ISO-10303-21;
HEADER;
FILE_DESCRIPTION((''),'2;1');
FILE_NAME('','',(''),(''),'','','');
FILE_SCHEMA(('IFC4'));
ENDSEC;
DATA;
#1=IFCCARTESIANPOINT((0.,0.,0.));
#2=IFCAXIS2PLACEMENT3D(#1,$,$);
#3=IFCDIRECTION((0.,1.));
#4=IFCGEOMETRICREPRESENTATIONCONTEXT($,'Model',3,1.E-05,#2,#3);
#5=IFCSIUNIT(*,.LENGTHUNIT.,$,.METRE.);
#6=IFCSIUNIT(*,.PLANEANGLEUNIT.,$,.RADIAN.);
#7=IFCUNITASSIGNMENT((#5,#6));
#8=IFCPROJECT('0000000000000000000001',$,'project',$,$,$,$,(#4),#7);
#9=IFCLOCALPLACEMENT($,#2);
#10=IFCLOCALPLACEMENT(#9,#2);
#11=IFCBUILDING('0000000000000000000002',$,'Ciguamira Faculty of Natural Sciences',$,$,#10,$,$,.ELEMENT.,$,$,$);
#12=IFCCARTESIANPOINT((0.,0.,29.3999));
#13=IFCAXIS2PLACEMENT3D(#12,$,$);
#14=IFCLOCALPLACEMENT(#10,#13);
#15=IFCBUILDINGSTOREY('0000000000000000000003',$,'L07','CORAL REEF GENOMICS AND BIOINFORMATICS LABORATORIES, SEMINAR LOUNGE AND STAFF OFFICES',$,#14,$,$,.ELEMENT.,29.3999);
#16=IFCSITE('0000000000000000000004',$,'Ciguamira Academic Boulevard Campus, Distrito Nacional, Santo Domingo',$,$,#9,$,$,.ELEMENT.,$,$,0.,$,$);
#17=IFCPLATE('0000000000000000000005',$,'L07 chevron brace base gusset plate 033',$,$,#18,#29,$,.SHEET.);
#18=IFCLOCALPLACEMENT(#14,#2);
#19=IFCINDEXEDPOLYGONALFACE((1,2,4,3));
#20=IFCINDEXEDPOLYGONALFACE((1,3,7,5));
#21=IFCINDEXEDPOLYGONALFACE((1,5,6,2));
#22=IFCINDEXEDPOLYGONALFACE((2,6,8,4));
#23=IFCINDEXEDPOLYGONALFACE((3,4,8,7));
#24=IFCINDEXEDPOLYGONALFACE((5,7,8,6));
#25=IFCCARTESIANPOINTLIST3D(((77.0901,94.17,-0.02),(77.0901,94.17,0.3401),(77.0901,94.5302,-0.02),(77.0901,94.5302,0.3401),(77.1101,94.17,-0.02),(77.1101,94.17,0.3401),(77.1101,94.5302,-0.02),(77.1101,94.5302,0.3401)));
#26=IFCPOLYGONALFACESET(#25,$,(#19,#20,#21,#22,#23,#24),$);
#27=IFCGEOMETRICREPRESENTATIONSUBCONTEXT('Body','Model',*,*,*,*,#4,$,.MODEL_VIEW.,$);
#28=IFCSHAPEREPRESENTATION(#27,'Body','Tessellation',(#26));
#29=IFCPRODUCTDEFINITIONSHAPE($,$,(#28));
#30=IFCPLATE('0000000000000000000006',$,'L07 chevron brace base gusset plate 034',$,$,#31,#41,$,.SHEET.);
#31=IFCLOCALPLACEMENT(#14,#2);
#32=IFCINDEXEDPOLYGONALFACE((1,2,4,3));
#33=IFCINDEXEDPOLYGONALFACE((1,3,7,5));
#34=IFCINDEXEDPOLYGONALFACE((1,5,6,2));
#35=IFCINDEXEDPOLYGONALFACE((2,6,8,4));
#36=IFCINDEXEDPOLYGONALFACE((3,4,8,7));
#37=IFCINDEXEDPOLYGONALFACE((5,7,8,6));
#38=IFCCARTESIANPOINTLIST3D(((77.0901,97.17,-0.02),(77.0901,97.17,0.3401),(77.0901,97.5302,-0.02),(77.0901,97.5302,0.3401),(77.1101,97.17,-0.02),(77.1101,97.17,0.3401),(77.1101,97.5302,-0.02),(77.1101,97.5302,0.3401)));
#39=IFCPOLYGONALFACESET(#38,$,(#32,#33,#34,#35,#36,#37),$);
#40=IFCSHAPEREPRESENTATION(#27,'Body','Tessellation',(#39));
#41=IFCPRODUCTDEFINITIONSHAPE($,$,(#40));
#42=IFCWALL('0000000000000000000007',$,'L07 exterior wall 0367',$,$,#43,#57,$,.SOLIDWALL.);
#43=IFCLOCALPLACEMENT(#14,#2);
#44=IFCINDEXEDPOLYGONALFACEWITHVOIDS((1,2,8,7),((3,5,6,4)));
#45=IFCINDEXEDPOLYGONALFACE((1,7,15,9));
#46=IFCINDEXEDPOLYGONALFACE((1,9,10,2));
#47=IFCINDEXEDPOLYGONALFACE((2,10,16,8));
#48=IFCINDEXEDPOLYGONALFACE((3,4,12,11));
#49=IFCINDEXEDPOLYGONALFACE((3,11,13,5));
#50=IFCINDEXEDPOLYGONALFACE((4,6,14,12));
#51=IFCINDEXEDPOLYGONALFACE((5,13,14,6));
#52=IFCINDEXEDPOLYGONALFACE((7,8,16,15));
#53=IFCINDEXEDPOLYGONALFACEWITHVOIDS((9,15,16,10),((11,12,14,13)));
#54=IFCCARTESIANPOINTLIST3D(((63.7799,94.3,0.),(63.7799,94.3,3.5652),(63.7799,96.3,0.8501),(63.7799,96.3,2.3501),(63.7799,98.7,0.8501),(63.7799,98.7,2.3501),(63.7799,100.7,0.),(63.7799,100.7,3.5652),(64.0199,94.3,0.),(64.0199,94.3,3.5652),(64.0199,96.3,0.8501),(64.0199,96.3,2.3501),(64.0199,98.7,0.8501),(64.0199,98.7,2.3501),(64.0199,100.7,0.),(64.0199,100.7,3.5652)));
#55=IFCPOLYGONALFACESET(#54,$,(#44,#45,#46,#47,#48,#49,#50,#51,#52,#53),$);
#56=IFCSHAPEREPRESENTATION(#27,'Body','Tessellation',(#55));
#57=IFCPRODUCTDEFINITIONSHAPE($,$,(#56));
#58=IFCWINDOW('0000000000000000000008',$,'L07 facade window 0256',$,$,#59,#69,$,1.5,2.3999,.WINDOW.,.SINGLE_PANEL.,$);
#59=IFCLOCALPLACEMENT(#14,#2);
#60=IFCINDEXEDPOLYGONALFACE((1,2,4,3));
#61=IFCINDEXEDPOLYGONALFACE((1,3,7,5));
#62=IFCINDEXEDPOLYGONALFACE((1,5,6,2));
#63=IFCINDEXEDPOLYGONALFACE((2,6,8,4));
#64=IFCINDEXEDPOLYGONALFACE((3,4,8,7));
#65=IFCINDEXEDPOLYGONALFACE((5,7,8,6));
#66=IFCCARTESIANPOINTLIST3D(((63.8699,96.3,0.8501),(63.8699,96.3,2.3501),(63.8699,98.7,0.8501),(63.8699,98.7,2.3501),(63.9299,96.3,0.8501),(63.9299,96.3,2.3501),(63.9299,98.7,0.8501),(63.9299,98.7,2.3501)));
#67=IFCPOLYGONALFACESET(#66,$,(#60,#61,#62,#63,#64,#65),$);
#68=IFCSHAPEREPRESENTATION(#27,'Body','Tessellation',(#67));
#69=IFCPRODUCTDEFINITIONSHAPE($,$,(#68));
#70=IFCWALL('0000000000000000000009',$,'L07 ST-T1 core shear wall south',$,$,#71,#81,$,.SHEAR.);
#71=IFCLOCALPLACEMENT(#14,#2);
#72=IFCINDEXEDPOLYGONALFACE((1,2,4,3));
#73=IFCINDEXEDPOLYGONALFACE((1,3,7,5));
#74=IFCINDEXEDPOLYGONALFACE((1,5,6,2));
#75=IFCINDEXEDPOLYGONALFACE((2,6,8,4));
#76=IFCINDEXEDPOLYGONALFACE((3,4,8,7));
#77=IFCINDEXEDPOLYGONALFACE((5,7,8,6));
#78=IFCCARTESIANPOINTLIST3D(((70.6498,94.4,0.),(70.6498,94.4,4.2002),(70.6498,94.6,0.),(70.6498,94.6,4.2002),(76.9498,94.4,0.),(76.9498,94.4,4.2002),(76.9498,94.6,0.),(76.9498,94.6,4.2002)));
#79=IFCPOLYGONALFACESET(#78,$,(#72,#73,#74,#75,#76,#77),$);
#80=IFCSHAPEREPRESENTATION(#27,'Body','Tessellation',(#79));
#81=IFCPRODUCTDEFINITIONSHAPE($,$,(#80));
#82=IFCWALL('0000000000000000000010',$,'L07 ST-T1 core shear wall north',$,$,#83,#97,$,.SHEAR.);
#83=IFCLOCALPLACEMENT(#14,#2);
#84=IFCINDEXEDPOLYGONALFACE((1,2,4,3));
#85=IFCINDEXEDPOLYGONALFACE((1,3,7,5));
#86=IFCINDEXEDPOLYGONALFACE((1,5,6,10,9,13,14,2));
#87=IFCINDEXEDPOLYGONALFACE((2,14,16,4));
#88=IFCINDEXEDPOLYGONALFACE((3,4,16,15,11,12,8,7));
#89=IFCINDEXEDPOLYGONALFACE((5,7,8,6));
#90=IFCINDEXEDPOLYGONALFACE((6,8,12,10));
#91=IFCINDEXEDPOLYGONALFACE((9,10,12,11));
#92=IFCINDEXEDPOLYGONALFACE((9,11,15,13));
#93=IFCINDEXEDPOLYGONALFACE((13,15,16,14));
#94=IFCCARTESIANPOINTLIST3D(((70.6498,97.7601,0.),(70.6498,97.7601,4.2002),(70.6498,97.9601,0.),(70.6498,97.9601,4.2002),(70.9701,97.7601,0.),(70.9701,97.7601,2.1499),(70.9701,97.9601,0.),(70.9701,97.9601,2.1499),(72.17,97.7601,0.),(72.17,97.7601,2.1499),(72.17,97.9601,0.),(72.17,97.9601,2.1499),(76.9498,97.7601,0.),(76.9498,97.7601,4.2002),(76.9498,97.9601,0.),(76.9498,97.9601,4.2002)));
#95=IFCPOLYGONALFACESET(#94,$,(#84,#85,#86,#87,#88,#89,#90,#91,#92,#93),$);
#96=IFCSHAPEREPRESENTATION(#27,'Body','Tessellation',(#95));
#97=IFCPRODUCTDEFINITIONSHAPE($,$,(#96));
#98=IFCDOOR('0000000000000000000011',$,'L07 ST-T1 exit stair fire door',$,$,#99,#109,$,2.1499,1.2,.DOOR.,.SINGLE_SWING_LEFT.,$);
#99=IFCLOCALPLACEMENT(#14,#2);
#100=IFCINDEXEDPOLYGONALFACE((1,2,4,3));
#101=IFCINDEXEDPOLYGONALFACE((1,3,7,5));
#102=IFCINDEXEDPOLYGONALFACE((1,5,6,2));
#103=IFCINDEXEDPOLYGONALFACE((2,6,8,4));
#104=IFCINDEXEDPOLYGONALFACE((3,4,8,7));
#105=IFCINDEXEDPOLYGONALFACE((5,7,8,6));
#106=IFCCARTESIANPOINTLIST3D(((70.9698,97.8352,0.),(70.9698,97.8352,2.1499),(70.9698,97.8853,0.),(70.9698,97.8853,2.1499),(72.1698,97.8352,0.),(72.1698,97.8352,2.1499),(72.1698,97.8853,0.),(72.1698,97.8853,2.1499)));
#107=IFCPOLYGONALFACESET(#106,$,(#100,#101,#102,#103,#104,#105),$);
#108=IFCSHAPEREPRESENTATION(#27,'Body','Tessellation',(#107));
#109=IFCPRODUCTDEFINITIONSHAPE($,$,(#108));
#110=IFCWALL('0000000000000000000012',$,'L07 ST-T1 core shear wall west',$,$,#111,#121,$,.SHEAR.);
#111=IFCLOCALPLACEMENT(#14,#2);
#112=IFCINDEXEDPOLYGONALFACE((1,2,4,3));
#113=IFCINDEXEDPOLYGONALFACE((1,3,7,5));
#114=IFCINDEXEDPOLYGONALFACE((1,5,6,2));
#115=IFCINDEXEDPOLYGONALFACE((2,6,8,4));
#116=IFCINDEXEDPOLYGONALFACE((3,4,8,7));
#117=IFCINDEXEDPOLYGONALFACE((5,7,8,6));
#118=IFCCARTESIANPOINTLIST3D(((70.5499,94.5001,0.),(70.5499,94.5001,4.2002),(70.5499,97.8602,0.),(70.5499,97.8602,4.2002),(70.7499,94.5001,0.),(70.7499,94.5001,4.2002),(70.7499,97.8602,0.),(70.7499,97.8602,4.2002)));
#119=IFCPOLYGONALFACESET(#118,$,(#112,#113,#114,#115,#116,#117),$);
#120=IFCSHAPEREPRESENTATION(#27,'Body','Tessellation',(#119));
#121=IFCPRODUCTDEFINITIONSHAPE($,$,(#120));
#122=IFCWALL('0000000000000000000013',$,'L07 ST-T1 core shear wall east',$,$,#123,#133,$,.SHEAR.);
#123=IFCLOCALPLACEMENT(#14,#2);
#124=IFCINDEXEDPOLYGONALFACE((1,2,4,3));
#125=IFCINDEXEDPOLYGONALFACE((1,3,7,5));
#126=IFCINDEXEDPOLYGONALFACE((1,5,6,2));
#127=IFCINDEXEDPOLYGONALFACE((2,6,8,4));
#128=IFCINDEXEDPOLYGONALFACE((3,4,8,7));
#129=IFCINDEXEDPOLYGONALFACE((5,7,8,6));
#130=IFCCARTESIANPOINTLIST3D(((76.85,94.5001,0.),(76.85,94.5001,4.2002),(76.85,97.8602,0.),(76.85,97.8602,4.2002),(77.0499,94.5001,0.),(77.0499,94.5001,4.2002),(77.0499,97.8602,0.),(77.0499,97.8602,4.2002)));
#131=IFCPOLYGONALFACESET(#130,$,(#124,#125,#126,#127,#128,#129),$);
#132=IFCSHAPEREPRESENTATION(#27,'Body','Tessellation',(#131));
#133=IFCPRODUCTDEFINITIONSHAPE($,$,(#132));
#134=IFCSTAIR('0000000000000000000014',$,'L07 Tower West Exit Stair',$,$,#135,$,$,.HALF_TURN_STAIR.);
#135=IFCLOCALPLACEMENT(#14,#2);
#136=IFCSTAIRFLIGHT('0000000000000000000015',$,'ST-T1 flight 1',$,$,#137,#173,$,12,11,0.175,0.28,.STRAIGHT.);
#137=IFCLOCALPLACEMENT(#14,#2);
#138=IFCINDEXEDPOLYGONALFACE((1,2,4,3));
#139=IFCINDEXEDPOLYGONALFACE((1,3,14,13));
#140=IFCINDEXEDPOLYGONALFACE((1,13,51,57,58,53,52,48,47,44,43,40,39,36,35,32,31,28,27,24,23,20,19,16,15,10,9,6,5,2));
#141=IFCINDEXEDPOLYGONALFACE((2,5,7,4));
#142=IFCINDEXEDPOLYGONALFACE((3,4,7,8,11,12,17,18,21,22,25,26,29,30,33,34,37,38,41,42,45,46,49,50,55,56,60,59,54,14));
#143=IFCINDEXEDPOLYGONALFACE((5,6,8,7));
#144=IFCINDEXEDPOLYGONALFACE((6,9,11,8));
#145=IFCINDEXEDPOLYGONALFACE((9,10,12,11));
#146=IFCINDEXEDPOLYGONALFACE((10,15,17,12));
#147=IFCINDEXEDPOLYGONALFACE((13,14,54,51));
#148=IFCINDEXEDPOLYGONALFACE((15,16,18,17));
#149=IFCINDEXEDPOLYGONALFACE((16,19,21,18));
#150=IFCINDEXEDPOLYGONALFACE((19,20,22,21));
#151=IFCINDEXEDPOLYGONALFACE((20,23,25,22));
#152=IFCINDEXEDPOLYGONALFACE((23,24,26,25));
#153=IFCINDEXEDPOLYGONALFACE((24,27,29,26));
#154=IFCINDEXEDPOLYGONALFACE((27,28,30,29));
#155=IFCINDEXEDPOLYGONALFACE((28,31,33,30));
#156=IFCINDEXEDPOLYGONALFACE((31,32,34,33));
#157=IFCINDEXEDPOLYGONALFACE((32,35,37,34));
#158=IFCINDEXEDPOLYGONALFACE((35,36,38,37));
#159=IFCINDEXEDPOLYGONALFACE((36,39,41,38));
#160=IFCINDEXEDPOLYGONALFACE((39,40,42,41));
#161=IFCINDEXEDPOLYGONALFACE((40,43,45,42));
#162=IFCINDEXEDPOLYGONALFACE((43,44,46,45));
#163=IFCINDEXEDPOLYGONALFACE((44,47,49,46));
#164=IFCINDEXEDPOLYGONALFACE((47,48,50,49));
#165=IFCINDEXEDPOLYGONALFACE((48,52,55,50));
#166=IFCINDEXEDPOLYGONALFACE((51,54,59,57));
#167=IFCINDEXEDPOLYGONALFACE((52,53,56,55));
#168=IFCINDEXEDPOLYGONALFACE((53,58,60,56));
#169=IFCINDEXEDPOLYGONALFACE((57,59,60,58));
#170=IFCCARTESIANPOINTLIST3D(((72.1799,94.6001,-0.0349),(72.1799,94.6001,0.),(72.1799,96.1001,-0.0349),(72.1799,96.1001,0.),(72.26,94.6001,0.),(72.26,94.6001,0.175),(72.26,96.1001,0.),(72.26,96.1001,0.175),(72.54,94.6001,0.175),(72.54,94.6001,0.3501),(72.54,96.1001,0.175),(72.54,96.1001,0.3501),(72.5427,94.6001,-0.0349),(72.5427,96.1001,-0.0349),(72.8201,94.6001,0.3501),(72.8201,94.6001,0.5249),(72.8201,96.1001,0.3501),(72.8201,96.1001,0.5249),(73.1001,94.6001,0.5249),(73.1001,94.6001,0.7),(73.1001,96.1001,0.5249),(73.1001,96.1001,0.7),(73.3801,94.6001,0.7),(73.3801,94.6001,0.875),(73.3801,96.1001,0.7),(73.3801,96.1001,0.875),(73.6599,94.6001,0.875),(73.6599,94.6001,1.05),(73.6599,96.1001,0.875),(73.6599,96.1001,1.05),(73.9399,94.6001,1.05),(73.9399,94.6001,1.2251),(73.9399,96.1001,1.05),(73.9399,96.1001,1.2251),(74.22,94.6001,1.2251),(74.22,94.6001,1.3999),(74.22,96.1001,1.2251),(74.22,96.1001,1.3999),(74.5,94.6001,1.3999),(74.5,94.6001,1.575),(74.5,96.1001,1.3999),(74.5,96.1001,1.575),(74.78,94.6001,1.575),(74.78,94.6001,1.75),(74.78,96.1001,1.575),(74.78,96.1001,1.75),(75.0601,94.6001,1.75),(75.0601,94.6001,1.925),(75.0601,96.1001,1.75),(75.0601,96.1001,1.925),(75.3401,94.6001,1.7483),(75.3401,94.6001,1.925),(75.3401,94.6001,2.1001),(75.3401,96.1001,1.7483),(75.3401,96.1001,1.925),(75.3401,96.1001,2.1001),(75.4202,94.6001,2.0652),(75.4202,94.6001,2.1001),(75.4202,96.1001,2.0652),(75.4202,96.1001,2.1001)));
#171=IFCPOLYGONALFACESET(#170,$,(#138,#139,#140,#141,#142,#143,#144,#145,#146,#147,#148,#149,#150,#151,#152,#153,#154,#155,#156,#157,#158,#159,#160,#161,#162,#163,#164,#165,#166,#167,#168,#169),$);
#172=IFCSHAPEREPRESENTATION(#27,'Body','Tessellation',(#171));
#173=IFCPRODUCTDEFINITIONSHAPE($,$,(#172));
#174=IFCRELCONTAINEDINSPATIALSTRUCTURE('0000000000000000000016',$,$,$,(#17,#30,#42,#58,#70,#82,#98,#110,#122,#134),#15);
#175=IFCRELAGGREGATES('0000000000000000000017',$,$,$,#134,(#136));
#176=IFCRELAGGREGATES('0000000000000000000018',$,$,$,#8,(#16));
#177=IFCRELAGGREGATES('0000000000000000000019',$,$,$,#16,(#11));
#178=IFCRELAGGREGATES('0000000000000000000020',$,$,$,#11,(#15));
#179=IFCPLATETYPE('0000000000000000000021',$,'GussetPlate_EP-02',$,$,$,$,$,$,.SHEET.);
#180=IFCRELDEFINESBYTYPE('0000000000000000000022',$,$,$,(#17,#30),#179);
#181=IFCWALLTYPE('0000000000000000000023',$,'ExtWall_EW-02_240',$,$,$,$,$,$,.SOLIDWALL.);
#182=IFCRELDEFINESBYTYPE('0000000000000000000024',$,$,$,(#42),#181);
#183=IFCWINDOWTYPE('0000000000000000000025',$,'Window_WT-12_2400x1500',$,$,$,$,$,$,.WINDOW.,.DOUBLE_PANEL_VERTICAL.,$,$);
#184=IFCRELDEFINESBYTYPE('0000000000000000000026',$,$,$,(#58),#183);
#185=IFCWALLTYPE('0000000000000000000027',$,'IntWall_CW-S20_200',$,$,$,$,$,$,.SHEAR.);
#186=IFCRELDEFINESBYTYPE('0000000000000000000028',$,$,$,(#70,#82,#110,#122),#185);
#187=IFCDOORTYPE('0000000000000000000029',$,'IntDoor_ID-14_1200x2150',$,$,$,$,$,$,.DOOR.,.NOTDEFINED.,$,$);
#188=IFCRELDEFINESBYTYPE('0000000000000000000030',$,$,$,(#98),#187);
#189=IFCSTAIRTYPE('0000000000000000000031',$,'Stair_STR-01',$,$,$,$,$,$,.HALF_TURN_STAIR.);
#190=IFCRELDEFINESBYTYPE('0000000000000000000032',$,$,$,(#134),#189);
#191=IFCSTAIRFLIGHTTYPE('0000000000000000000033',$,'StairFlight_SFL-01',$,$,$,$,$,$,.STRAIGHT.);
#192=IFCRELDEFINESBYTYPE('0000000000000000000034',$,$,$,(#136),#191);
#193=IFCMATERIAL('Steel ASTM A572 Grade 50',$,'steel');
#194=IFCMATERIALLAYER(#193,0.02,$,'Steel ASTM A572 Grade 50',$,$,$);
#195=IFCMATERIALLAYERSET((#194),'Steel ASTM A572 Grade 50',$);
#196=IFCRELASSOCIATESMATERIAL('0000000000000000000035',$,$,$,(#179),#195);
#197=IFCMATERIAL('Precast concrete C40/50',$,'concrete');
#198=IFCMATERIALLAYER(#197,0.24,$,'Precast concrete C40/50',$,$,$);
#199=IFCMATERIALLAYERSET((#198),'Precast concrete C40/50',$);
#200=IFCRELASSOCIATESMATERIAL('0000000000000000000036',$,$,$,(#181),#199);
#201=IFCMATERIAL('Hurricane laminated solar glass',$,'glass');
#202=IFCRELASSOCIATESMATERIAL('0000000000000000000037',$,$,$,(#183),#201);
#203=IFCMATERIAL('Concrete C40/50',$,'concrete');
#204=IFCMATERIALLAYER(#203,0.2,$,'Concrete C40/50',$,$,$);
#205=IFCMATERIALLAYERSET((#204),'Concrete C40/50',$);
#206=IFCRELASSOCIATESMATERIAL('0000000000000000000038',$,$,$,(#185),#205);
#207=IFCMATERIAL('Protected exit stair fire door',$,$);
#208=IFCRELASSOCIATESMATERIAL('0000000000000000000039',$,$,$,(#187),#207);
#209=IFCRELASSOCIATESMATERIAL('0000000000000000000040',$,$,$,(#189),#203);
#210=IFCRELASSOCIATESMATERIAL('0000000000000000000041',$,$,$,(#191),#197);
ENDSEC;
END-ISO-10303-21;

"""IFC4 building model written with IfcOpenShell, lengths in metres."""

from ifc_helpers import new_model, si_unit, direction, frame, frame_2d, origin, origin_2d, place, context, subcontext, project, spatial, polyline, rectangle, outline, extrude, material, layer, layer_set, type_object, element, fill, aggregate, save


model = new_model("IFC4")

# Units and contexts
model_context = context("Model", 3, precision=1e-05, world=origin(), true_north=direction((0.0, 1.0)))
body_context = subcontext(model_context, "Body", "Model", "MODEL_VIEW")
ifc_project = project(units=[si_unit("LENGTHUNIT", "METRE"), si_unit("PLANEANGLEUNIT", "RADIAN")], contexts=[model_context])

# Site, building, storey
site_placement = place(None, origin())
site = spatial("IfcSite", under=ifc_project, at=site_placement, Name="Ciguamira Academic Boulevard Campus, Distrito Nacional, Santo Domingo", CompositionType="ELEMENT", RefElevation=0.0)
building_placement = place(site_placement, origin())
building = spatial("IfcBuilding", under=site, at=building_placement, Name="Ciguamira Faculty of Natural Sciences", CompositionType="ELEMENT")
storey_placement = place(building_placement, frame((0.0, 0.0, 29.3999)))
storey = spatial("IfcBuildingStorey", under=building, at=storey_placement, Name="L07", Description="CORAL REEF GENOMICS AND BIOINFORMATICS LABORATORIES, SEMINAR LOUNGE AND STAFF OFFICES", CompositionType="ELEMENT", Elevation=29.3999)

# Shared definitions
ifc_material_1 = material(Name="Concrete C40/50", Category="concrete")

# Shared definitions
ifc_material_2 = material(Name="Precast concrete C40/50", Category="concrete")

# Plates
ifc_material_3 = material(Name="Steel ASTM A572 Grade 50", Category="steel")
ifc_layer_1 = layer(ifc_material_3, 0.02, Name="Steel ASTM A572 Grade 50")
ifc_layer_set_1 = layer_set([ifc_layer_1], Name="Steel ASTM A572 Grade 50")
plate_type = type_object("IfcPlateType", Name="GussetPlate_EP-02", PredefinedType="SHEET", material=ifc_layer_set_1)
for number, where, z_axis, x_axis, name in (
    (1, (77.1001, 94.3501, -0.02), (0.0, 0.0, 1.0), (1.0, 0.0, 0.0), "L07 chevron brace base gusset plate 033"),
    (2, (77.1001, 97.3501, -0.02), (0.0, 0.0, 1.0), (1.0, 0.0, 0.0), "L07 chevron brace base gusset plate 034"),
):
    element("IfcPlate", number, at=place(storey_placement, frame(where, z_axis=z_axis, x_axis=x_axis)), inside=storey, type_object=plate_type, Name=name, PredefinedType="SHEET", context=body_context, shape_type="SweptSolid", body=[
        extrude(rectangle(XDim=0.02, YDim=0.3601, at=origin_2d()), origin(), (0.0, 0.0, 1.0), 0.3601),
    ])

# Wall, opening, window
ifc_layer_2 = layer(ifc_material_2, 0.24, Name="Precast concrete C40/50")
ifc_layer_set_2 = layer_set([ifc_layer_2], Name="Precast concrete C40/50")
wall_type_1 = type_object("IfcWallType", Name="ExtWall_EW-02_240", PredefinedType="SOLIDWALL", material=ifc_layer_set_2)
wall_1_placement = place(storey_placement, frame((63.8999, 94.3, 0.0), z_axis=(0.0, 0.0, 1.0), x_axis=(0.0, 1.0, 0.0)))
wall_1 = element("IfcWall", 3, at=wall_1_placement, inside=storey, type_object=wall_type_1, Name="L07 exterior wall 0367", PredefinedType="SOLIDWALL", context=body_context, shape_type="SweptSolid", body=[
    extrude(rectangle(XDim=6.3999, YDim=0.24, at=frame_2d((3.2, 0.0))), origin(), (0.0, 0.0, 1.0), 3.5652),
])
opening_1_placement = place(wall_1_placement, frame((2.0, 0.0, 0.8501)))
opening_1 = element("IfcOpeningElement", 4, at=opening_1_placement, cuts=wall_1, PredefinedType="OPENING", context=body_context, shape_type="SweptSolid", body=[
    extrude(rectangle(XDim=2.3999, YDim=1.5, at=frame_2d((1.2, 0.75))), frame((0.0, 0.1299, 0.0), z_axis=(0.0, -1.0, 0.0), x_axis=(1.0, 0.0, 0.0)), (0.0, 0.0, 1.0), 0.26),
])
ifc_material_4 = material(Name="Hurricane laminated solar glass", Category="glass")
window_type = type_object("IfcWindowType", Name="Window_WT-12_2400x1500", PartitioningType="DOUBLE_PANEL_VERTICAL", PredefinedType="WINDOW", material=ifc_material_4)
window_placement = place(opening_1_placement, origin())
window = element("IfcWindow", 5, at=window_placement, inside=storey, type_object=window_type, Name="L07 facade window 0256", OverallHeight=1.5, OverallWidth=2.3999, PartitioningType="SINGLE_PANEL", PredefinedType="WINDOW", context=body_context, shape_type="SweptSolid", body=[
    extrude(rectangle(XDim=2.3999, YDim=1.5, at=frame_2d((1.2, 0.75))), frame((0.0, 0.03, 0.0), z_axis=(0.0, -1.0, 0.0), x_axis=(1.0, 0.0, 0.0)), (0.0, 0.0, 1.0), 0.0601),
])
fill(opening_1, window)

# Wall
ifc_layer_3 = layer(ifc_material_1, 0.2, Name="Concrete C40/50")
ifc_layer_set_3 = layer_set([ifc_layer_3], Name="Concrete C40/50")
wall_type_2 = type_object("IfcWallType", Name="IntWall_CW-S20_200", PredefinedType="SHEAR", material=ifc_layer_set_3)
wall_2_placement = place(storey_placement, frame((70.6499, 94.5, 0.0), z_axis=(0.0, 0.0, 1.0), x_axis=(1.0, 0.0, 0.0)))
element("IfcWall", 6, at=wall_2_placement, inside=storey, type_object=wall_type_2, Name="L07 ST-T1 core shear wall south", PredefinedType="SHEAR", context=body_context, shape_type="SweptSolid", body=[
    extrude(rectangle(XDim=6.3, YDim=0.2, at=frame_2d((3.1499, 0.0))), origin(), (0.0, 0.0, 1.0), 4.2002),
])

# Wall, opening, door
wall_3_placement = place(storey_placement, frame((70.6499, 97.8601, 0.0), z_axis=(0.0, 0.0, 1.0), x_axis=(1.0, 0.0, 0.0)))
wall_3 = element("IfcWall", 7, at=wall_3_placement, inside=storey, type_object=wall_type_2, Name="L07 ST-T1 core shear wall north", PredefinedType="SHEAR", context=body_context, shape_type="SweptSolid", body=[
    extrude(rectangle(XDim=6.3, YDim=0.2, at=frame_2d((3.1499, 0.0))), origin(), (0.0, 0.0, 1.0), 4.2002),
])
opening_2_placement = place(wall_3_placement, frame((0.3201, 0.0, 0.0)))
opening_2 = element("IfcOpeningElement", 8, at=opening_2_placement, cuts=wall_3, PredefinedType="OPENING", context=body_context, shape_type="SweptSolid", body=[
    extrude(rectangle(XDim=1.2, YDim=2.1499, at=frame_2d((0.6001, 1.075))), frame((0.0, 0.1099, 0.0), z_axis=(0.0, -1.0, 0.0), x_axis=(1.0, 0.0, 0.0)), (0.0, 0.0, 1.0), 0.22),
])
ifc_material_5 = material(Name="Protected exit stair fire door")
door_type = type_object("IfcDoorType", Name="IntDoor_ID-14_1200x2150", OperationType="NOTDEFINED", PredefinedType="DOOR", material=ifc_material_5)
door_placement = place(opening_2_placement, frame((1.2, 0.0, 0.0), z_axis=(0.0, 0.0, 1.0), x_axis=(-1.0, 0.0, 0.0)))
door = element("IfcDoor", 9, at=door_placement, inside=storey, type_object=door_type, Name="L07 ST-T1 exit stair fire door", OperationType="SINGLE_SWING_LEFT", OverallHeight=2.1499, OverallWidth=1.2, PredefinedType="DOOR", context=body_context, shape_type="SweptSolid", body=[
    extrude(rectangle(XDim=1.2, YDim=2.1499, at=frame_2d((0.6001, 1.075))), frame((0.0, 0.0249, 0.0), z_axis=(0.0, -1.0, 0.0), x_axis=(1.0, 0.0, 0.0)), (0.0, 0.0, 1.0), 0.05),
])
fill(opening_2, door)

# Walls
for number, where, z_axis, x_axis, name in (
    (10, (70.6499, 94.5, 0.0), (0.0, 0.0, 1.0), (0.0, 1.0, 0.0), "L07 ST-T1 core shear wall west"),
    (11, (76.95, 94.5, 0.0), (0.0, 0.0, 1.0), (0.0, 1.0, 0.0), "L07 ST-T1 core shear wall east"),
):
    element("IfcWall", number, at=place(storey_placement, frame(where, z_axis=z_axis, x_axis=x_axis)), inside=storey, type_object=wall_type_2, Name=name, PredefinedType="SHEAR", context=body_context, shape_type="SweptSolid", body=[
        extrude(rectangle(XDim=3.3601, YDim=0.2, at=frame_2d((1.6802, 0.0))), origin(), (0.0, 0.0, 1.0), 4.2002),
    ])

# Stair, stair flight
stair_type = type_object("IfcStairType", Name="Stair_STR-01", PredefinedType="HALF_TURN_STAIR", material=ifc_material_1)
stair_placement = place(storey_placement, origin())
stair = element("IfcStair", 12, at=stair_placement, inside=storey, type_object=stair_type, Name="L07 Tower West Exit Stair", PredefinedType="HALF_TURN_STAIR")
stair_flight_type = type_object("IfcStairFlightType", Name="StairFlight_SFL-01", PredefinedType="STRAIGHT", material=ifc_material_2)
stair_flight_1_placement = place(storey_placement, frame((72.26, 95.3501, 0.0), z_axis=(0.0, 0.0, 1.0), x_axis=(1.0, 0.0, 0.0)))
stair_flight_1 = element("IfcStairFlight", 13, at=stair_flight_1_placement, type_object=stair_flight_type, Name="ST-T1 flight 1", NumberOfRisers=12, NumberOfTreads=11, PredefinedType="STRAIGHT", RiserHeight=0.175, TreadLength=0.28, context=body_context, shape_type="SweptSolid", body=[
    extrude(outline(polyline([(-0.0801, -0.0349), (-0.0801, 0.0), (0.0, 0.0), (0.0, 0.175), (0.28, 0.175), (0.28, 0.3501), (0.5601, 0.3501), (0.5601, 0.5249), (0.8401, 0.5249), (0.8401, 0.7), (1.1201, 0.7), (1.1201, 0.875), (1.3999, 0.875), (1.3999, 1.05), (1.6799, 1.05), (1.6799, 1.2251), (1.96, 1.2251), (1.96, 1.3999), (2.24, 1.3999), (2.24, 1.575), (2.52, 1.575), (2.52, 1.75), (2.8, 1.75), (2.8, 1.925), (3.0801, 1.925), (3.0801, 2.1001), (3.1602, 2.1001), (3.1602, 2.0652), (3.0801, 1.7483), (0.2827, -0.0349), (-0.0801, -0.0349)])), frame((0.0, 0.75, 0.0), z_axis=(0.0, -1.0, 0.0), x_axis=(1.0, 0.0, 0.0)), (0.0, 0.0, 1.0), 1.5),
])
aggregate(stair, [stair_flight_1])

save(model, "model.ifc")
